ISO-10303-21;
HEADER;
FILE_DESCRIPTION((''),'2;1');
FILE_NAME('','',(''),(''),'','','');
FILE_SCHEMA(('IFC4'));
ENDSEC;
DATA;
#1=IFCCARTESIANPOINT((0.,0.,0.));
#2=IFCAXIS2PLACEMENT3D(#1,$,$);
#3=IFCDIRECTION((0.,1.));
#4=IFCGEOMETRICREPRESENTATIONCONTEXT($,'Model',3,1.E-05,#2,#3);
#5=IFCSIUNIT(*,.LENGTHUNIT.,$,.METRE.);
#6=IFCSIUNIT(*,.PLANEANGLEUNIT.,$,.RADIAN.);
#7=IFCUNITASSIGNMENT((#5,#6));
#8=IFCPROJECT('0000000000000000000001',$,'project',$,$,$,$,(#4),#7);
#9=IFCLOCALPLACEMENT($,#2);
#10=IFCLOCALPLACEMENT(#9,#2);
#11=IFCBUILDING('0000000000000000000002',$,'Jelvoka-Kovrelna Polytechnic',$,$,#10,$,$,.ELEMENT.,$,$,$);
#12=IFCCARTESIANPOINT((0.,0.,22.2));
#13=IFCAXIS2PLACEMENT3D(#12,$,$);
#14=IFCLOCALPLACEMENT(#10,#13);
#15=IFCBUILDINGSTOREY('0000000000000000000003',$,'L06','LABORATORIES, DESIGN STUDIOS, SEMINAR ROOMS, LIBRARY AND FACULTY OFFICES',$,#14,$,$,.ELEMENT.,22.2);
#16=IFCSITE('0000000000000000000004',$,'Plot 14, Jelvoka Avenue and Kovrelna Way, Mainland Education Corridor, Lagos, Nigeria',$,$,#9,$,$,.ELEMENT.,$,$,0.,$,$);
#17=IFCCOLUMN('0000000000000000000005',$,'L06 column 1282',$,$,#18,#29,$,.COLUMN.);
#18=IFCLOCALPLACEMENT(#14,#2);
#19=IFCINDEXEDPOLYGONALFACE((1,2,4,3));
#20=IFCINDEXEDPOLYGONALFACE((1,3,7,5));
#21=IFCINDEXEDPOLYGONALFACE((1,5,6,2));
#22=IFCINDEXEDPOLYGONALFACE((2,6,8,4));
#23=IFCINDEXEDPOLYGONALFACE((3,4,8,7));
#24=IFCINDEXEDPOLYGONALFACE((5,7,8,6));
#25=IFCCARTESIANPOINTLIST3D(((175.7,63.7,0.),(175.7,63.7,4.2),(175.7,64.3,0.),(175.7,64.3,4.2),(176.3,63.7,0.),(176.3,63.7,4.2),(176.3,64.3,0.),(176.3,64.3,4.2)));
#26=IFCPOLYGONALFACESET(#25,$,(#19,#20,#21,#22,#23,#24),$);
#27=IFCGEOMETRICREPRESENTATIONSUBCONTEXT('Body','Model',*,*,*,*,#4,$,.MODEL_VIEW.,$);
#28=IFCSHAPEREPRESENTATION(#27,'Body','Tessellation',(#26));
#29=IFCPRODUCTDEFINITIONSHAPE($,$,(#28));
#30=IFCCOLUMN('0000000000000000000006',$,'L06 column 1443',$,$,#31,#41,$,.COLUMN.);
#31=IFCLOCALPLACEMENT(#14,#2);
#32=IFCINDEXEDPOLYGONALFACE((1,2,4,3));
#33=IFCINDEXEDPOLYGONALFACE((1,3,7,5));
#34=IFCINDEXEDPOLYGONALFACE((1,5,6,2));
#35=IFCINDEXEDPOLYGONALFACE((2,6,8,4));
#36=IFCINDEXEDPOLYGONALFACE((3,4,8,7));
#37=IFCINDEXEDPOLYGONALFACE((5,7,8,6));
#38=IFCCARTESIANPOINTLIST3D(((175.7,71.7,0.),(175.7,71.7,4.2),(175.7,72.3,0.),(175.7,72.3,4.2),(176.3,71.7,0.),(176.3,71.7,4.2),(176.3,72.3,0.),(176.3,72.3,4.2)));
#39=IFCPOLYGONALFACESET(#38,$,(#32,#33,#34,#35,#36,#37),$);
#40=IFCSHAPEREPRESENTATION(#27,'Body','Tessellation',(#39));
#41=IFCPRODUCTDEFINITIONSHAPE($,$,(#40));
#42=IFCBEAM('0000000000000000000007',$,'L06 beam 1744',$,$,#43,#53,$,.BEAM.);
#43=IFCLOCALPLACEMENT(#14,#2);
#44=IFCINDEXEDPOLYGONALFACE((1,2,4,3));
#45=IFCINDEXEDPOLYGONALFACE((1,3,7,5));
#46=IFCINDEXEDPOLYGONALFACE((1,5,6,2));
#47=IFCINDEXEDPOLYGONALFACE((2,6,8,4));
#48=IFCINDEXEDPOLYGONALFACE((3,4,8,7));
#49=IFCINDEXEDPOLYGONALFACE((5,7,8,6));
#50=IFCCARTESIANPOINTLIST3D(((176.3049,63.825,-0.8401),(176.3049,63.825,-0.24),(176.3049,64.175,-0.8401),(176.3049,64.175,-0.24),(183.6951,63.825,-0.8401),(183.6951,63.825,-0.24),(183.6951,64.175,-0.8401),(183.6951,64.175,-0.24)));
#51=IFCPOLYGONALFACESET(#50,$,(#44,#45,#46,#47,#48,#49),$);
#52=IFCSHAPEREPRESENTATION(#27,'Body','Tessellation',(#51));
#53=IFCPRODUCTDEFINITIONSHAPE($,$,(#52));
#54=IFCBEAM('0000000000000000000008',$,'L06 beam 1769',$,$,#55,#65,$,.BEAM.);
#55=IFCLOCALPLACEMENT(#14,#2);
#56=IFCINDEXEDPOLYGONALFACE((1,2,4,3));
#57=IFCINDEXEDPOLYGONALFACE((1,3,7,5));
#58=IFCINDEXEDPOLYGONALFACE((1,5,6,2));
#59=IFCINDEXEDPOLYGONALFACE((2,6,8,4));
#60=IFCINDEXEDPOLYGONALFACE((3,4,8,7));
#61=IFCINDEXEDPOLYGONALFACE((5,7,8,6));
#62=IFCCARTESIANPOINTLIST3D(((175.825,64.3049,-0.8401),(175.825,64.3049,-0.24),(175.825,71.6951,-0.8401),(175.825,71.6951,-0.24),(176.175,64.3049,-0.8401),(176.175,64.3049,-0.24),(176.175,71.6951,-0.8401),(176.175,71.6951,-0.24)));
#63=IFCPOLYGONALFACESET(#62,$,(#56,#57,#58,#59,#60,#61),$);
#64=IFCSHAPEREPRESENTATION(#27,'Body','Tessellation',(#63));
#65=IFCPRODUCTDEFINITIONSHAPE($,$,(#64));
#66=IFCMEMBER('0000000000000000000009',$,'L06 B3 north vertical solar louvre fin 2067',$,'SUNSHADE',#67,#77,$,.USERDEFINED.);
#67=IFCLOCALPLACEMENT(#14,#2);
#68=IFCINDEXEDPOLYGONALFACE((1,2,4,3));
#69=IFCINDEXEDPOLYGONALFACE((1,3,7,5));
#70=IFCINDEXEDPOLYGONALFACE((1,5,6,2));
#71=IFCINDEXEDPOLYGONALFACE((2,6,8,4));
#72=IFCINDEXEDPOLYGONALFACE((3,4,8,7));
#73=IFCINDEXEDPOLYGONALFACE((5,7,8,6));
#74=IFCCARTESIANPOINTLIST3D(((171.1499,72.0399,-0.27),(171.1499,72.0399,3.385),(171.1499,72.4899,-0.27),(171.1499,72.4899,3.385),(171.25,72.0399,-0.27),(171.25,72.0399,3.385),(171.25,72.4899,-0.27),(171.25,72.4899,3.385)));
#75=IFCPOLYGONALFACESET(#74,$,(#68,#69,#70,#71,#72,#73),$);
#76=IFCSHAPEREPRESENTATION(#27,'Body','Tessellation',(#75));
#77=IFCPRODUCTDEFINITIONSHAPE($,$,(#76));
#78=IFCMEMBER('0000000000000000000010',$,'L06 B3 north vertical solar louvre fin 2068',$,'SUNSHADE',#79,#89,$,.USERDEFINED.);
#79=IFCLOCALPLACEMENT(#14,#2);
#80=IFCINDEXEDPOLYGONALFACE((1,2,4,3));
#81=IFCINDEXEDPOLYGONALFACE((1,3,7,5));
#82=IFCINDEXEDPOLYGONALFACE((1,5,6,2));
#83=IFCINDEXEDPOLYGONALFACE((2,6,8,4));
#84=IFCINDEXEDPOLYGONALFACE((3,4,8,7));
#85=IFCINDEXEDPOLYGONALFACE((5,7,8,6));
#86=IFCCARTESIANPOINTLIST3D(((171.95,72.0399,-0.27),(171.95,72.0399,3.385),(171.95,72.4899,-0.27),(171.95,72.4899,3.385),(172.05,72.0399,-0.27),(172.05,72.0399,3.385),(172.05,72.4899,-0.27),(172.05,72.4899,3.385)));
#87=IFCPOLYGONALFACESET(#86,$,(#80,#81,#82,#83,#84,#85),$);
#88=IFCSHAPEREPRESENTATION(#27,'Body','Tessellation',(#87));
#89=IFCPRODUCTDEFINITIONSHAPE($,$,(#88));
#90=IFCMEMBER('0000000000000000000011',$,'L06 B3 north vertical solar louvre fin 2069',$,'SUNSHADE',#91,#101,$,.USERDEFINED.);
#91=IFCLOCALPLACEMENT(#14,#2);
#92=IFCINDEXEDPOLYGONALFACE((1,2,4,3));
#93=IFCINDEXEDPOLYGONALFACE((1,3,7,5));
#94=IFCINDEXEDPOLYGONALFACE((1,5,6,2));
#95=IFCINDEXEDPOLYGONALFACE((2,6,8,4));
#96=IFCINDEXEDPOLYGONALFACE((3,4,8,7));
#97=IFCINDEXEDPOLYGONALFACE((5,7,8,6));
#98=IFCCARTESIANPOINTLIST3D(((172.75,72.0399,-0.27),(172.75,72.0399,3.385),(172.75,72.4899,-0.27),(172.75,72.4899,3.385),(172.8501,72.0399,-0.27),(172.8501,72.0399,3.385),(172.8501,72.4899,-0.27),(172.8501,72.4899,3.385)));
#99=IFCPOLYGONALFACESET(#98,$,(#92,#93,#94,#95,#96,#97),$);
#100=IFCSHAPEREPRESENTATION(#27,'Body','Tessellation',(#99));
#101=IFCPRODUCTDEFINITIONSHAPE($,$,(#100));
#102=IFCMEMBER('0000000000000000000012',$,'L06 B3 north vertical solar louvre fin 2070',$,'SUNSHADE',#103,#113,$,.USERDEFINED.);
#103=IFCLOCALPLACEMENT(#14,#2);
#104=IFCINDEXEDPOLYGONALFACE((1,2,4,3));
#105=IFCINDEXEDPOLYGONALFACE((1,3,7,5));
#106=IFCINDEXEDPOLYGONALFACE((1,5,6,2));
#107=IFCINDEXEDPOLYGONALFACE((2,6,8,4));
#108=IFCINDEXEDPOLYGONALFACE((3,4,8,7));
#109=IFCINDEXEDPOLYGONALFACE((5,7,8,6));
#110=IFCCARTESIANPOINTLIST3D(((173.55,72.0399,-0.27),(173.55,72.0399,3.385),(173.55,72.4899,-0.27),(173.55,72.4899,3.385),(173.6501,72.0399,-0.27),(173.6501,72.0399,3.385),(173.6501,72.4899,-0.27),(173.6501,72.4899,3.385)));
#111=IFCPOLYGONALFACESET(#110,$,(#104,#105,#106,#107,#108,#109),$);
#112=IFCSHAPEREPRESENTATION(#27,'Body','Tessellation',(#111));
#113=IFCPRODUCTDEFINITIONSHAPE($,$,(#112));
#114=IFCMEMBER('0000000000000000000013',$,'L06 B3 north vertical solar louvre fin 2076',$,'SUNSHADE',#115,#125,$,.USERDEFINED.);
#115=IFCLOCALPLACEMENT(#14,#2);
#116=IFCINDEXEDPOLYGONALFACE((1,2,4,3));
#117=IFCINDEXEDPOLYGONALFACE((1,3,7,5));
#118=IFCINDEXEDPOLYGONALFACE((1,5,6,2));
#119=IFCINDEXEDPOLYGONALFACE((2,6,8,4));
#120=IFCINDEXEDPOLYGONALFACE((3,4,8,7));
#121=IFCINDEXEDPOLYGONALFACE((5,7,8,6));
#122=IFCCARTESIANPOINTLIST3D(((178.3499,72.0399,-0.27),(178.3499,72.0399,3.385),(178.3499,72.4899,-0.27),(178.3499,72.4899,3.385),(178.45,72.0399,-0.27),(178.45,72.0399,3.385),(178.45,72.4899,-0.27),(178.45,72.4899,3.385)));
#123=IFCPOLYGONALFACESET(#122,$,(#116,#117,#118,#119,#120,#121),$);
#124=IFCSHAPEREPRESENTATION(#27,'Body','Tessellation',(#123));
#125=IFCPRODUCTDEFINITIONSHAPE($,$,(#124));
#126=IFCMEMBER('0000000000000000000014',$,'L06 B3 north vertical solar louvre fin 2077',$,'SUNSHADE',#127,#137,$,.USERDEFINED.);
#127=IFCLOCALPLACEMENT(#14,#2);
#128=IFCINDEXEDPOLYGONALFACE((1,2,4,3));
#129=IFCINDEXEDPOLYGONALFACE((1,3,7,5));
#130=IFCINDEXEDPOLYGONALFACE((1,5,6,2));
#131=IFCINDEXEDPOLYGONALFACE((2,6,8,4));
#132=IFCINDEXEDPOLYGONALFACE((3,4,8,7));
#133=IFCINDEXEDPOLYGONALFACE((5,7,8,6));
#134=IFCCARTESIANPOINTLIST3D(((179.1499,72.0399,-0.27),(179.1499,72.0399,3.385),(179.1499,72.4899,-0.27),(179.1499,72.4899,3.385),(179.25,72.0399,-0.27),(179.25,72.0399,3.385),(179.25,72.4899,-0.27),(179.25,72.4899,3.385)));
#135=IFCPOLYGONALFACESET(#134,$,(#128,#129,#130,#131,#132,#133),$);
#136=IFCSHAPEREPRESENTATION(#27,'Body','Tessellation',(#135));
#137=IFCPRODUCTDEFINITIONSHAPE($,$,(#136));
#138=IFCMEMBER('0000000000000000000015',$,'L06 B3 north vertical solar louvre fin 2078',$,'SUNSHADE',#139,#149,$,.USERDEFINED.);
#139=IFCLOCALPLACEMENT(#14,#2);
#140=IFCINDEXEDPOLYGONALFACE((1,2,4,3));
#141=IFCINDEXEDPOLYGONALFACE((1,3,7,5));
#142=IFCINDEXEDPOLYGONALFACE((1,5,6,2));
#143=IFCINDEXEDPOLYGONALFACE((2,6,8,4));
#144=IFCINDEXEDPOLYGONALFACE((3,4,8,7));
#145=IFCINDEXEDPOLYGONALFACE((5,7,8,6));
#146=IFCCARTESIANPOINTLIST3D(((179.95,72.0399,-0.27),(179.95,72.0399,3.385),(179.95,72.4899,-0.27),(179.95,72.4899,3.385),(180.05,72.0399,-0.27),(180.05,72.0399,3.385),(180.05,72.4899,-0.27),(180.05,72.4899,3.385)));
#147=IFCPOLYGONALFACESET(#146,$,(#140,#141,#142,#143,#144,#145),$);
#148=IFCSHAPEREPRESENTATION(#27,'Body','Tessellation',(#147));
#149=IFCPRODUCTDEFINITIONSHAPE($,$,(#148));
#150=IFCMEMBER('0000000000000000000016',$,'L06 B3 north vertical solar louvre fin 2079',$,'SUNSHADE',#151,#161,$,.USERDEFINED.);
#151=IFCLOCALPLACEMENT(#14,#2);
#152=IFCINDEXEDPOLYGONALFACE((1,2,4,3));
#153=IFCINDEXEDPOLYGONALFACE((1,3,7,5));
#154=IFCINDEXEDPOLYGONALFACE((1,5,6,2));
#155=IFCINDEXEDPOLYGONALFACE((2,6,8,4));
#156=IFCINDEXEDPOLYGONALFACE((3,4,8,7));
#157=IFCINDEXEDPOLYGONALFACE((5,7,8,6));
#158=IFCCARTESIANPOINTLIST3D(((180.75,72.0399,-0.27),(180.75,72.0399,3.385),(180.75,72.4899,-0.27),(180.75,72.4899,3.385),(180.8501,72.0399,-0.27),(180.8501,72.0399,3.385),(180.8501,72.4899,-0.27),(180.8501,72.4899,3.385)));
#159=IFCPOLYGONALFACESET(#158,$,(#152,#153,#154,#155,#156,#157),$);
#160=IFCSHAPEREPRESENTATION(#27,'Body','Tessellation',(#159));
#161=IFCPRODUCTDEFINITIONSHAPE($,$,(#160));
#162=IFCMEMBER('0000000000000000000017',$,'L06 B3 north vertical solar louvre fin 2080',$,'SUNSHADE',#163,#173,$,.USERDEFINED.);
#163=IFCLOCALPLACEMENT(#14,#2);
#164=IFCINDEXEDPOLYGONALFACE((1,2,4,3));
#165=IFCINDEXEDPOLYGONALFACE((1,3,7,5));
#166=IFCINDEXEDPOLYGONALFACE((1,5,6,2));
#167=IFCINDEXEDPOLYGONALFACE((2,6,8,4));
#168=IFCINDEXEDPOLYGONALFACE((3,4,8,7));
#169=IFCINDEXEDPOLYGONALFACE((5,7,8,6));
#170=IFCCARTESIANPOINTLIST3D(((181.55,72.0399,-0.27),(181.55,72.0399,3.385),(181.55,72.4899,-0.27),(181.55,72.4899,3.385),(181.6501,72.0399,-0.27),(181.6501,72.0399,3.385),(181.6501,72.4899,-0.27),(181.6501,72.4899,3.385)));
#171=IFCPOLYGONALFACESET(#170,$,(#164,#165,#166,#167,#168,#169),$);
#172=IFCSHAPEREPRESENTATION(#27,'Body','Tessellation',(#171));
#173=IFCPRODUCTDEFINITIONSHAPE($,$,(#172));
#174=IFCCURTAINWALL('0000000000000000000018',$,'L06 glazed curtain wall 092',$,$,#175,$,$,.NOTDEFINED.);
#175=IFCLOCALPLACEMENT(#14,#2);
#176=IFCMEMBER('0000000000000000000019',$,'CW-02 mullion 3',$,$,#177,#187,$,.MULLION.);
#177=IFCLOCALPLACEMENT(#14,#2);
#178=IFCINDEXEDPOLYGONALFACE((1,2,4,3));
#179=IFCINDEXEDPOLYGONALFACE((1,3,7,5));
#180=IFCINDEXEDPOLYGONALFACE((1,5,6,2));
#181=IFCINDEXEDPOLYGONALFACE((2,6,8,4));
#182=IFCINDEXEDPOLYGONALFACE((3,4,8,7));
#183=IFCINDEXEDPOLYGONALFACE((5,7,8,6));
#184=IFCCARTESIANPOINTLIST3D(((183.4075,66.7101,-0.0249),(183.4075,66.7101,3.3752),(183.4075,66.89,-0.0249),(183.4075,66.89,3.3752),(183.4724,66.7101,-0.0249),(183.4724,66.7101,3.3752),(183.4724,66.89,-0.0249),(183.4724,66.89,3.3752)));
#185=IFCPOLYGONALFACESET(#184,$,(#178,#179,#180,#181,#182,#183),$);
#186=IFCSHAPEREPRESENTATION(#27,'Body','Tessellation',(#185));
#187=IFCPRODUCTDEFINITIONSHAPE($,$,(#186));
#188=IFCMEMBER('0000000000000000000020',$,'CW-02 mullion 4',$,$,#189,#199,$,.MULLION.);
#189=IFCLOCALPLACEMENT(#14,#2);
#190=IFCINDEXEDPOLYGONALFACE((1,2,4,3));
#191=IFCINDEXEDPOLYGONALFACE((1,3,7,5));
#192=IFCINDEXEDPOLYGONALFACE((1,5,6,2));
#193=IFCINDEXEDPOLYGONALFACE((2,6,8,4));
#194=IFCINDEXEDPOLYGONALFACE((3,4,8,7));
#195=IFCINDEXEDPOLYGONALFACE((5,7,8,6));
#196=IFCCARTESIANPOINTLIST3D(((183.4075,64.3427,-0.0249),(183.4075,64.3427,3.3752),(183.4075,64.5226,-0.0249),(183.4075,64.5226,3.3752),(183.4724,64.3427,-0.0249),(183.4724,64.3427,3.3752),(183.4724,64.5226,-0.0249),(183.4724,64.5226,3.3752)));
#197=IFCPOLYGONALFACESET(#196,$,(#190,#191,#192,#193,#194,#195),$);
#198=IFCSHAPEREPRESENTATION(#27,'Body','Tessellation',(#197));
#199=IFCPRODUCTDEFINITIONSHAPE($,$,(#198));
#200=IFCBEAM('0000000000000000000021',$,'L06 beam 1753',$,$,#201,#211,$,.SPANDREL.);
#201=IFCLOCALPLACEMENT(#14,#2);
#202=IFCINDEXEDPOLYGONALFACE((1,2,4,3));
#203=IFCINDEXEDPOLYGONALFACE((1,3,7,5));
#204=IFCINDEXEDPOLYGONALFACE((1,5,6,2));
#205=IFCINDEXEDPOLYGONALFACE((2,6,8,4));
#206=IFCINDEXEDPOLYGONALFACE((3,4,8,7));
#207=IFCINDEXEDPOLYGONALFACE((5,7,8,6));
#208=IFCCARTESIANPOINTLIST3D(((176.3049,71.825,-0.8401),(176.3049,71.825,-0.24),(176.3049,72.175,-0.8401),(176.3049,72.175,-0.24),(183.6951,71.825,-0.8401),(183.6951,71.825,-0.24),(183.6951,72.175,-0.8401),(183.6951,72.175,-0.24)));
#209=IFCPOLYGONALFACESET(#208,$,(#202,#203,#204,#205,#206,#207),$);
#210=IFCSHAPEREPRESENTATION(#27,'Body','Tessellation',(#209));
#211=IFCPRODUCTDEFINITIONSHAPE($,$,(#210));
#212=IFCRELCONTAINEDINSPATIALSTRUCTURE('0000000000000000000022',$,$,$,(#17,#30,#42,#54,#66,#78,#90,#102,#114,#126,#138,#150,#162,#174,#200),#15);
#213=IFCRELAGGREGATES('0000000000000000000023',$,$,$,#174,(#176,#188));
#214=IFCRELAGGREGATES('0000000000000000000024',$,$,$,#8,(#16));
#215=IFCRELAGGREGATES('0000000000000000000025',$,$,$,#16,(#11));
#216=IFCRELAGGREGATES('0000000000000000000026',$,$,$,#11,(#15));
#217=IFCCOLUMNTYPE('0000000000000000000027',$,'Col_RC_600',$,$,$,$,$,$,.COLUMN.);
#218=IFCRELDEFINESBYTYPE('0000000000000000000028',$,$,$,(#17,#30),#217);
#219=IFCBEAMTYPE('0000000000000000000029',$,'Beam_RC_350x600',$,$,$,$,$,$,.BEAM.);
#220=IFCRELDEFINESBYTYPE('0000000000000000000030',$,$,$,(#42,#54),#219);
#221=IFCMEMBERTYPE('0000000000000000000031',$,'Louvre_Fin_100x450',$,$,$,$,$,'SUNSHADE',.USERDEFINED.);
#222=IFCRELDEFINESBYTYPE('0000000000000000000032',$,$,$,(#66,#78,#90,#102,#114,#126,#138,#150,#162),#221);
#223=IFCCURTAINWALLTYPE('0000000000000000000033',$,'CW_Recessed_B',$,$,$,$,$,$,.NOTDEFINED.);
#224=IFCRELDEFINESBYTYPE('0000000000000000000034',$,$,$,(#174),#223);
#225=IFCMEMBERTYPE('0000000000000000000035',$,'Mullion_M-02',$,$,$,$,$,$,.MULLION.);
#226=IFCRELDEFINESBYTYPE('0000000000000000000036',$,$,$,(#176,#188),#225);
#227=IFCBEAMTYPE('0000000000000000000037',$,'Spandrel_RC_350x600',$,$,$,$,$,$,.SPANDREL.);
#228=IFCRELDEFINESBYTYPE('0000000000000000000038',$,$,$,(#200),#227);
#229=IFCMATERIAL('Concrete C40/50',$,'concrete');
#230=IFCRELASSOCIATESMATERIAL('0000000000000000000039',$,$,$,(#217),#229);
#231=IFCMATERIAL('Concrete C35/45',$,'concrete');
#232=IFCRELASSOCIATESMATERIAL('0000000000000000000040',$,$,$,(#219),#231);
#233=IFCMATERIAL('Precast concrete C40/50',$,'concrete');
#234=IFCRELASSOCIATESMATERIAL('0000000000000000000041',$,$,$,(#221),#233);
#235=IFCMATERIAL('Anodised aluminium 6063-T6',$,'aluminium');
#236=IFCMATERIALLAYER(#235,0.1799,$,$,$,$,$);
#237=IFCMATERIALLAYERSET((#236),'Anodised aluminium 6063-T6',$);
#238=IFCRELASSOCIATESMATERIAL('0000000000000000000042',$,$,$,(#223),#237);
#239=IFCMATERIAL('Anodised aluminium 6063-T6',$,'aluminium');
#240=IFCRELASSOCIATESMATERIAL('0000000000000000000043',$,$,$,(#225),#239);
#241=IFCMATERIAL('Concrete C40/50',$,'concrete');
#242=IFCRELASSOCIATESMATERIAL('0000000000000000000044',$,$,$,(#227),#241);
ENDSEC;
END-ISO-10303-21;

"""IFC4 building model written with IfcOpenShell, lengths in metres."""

from ifc_helpers import new_model, si_unit, direction, frame, origin, origin_2d, place, context, subcontext, project, spatial, rectangle, extrude, material, layer, layer_set, material_profile, profile_set, type_object, element, aggregate, save


model = new_model("IFC4")

# Units and contexts
model_context = context("Model", 3, precision=1e-05, world=origin(), true_north=direction((0.0, 1.0)))
body_context = subcontext(model_context, "Body", "Model", "MODEL_VIEW")
ifc_project = project(units=[si_unit("LENGTHUNIT", "METRE"), si_unit("PLANEANGLEUNIT", "RADIAN")], contexts=[model_context])

# Site, building, storey
site_placement = place(None, origin())
site = spatial("IfcSite", under=ifc_project, at=site_placement, Name="Plot 14, Jelvoka Avenue and Kovrelna Way, Mainland Education Corridor, Lagos, Nigeria", CompositionType="ELEMENT", RefElevation=0.0)
building_placement = place(site_placement, origin())
building = spatial("IfcBuilding", under=site, at=building_placement, Name="Jelvoka-Kovrelna Polytechnic", CompositionType="ELEMENT")
storey_placement = place(building_placement, frame((0.0, 0.0, 22.2)))
storey = spatial("IfcBuildingStorey", under=building, at=storey_placement, Name="L06", Description="LABORATORIES, DESIGN STUDIOS, SEMINAR ROOMS, LIBRARY AND FACULTY OFFICES", CompositionType="ELEMENT", Elevation=22.2)

# Columns
ifc_material_1 = material(Name="Concrete C40/50", Category="concrete")
ifc_material_profile_1 = material_profile(ifc_material_1, rectangle(XDim=0.6001, YDim=0.6001, at=origin_2d()), Name="RC 600x600")
ifc_profile_set_1 = profile_set([ifc_material_profile_1], Name="Concrete C40/50")
column_type = type_object("IfcColumnType", Name="Col_RC_600", PredefinedType="COLUMN", material=ifc_profile_set_1)
for number, where, z_axis, x_axis, name in (
    (1, (176.0, 64.0, 0.0), (0.0, 0.0, 1.0), (1.0, 0.0, 0.0), "L06 column 1282"),
    (2, (176.0, 72.0, 0.0), (0.0, 0.0, 1.0), (1.0, 0.0, 0.0), "L06 column 1443"),
):
    element("IfcColumn", number, at=place(storey_placement, frame(where, z_axis=z_axis, x_axis=x_axis)), inside=storey, type_object=column_type, Name=name, PredefinedType="COLUMN", context=body_context, shape_type="SweptSolid", body=[
        extrude(rectangle(XDim=0.6001, YDim=0.6001, at=origin_2d()), origin(), (0.0, 0.0, 1.0), 4.2),
    ])

# Beams
ifc_material_2 = material(Name="Concrete C35/45", Category="concrete")
ifc_material_profile_2 = material_profile(ifc_material_2, rectangle(XDim=0.3501, YDim=0.6001, at=origin_2d()), Name="RC 350x600")
ifc_profile_set_2 = profile_set([ifc_material_profile_2], Name="Concrete C35/45")
beam_type_1 = type_object("IfcBeamType", Name="Beam_RC_350x600", PredefinedType="BEAM", material=ifc_profile_set_2)
for number, where, z_axis, x_axis, name in (
    (3, (176.3049, 64.0, -0.54), (1.0, 0.0, 0.0), (0.0, 1.0, 0.0), "L06 beam 1744"),
    (4, (176.0, 64.3049, -0.54), (0.0, 1.0, 0.0), (-1.0, 0.0, 0.0), "L06 beam 1769"),
):
    element("IfcBeam", number, at=place(storey_placement, frame(where, z_axis=z_axis, x_axis=x_axis)), inside=storey, type_object=beam_type_1, Name=name, PredefinedType="BEAM", context=body_context, shape_type="SweptSolid", body=[
        extrude(rectangle(XDim=0.3501, YDim=0.6001, at=origin_2d()), origin(), (0.0, 0.0, 1.0), 7.3901),
    ])

# Members
ifc_material_3 = material(Name="Precast concrete C40/50", Category="concrete")
ifc_material_profile_3 = material_profile(ifc_material_3, rectangle(XDim=0.1001, YDim=0.45, at=origin_2d()), Name="PC 100x450")
ifc_profile_set_3 = profile_set([ifc_material_profile_3], Name="Precast concrete C40/50")
member_type_1 = type_object("IfcMemberType", Name="Louvre_Fin_100x450", ElementType="SUNSHADE", PredefinedType="USERDEFINED", material=ifc_profile_set_3)
for number, where, z_axis, x_axis, name in (
    (5, (171.2, 72.2649, -0.27), (0.0, 0.0, 1.0), (1.0, 0.0, 0.0), "L06 B3 north vertical solar louvre fin 2067"),
    (6, (172.0, 72.2649, -0.27), (0.0, 0.0, 1.0), (1.0, 0.0, 0.0), "L06 B3 north vertical solar louvre fin 2068"),
    (7, (172.8, 72.2649, -0.27), (0.0, 0.0, 1.0), (1.0, 0.0, 0.0), "L06 B3 north vertical solar louvre fin 2069"),
    (8, (173.6001, 72.2649, -0.27), (0.0, 0.0, 1.0), (1.0, 0.0, 0.0), "L06 B3 north vertical solar louvre fin 2070"),
    (9, (178.3999, 72.2649, -0.27), (0.0, 0.0, 1.0), (1.0, 0.0, 0.0), "L06 B3 north vertical solar louvre fin 2076"),
    (10, (179.2, 72.2649, -0.27), (0.0, 0.0, 1.0), (1.0, 0.0, 0.0), "L06 B3 north vertical solar louvre fin 2077"),
    (11, (180.0, 72.2649, -0.27), (0.0, 0.0, 1.0), (1.0, 0.0, 0.0), "L06 B3 north vertical solar louvre fin 2078"),
    (12, (180.8, 72.2649, -0.27), (0.0, 0.0, 1.0), (1.0, 0.0, 0.0), "L06 B3 north vertical solar louvre fin 2079"),
    (13, (181.6001, 72.2649, -0.27), (0.0, 0.0, 1.0), (1.0, 0.0, 0.0), "L06 B3 north vertical solar louvre fin 2080"),
):
    element("IfcMember", number, at=place(storey_placement, frame(where, z_axis=z_axis, x_axis=x_axis)), inside=storey, type_object=member_type_1, Name=name, ObjectType="SUNSHADE", PredefinedType="USERDEFINED", context=body_context, shape_type="SweptSolid", body=[
        extrude(rectangle(XDim=0.1001, YDim=0.45, at=origin_2d()), origin(), (0.0, 0.0, 1.0), 3.655),
    ])

# Curtain wall, members
ifc_material_4 = material(Name="Anodised aluminium 6063-T6", Category="aluminium")
ifc_layer_1 = layer(ifc_material_4, 0.1799)
ifc_layer_set_1 = layer_set([ifc_layer_1], Name="Anodised aluminium 6063-T6")
curtain_wall_type = type_object("IfcCurtainWallType", Name="CW_Recessed_B", PredefinedType="NOTDEFINED", material=ifc_layer_set_1)
curtain_wall_placement = place(storey_placement, origin())
curtain_wall = element("IfcCurtainWall", 14, at=curtain_wall_placement, inside=storey, type_object=curtain_wall_type, Name="L06 glazed curtain wall 092", PredefinedType="NOTDEFINED")
ifc_material_5 = material(Name="Anodised aluminium 6063-T6", Category="aluminium")
ifc_material_profile_4 = material_profile(ifc_material_5, rectangle(XDim=0.0649, YDim=0.1799, at=origin_2d()), Name="ALU 65x180")
ifc_profile_set_4 = profile_set([ifc_material_profile_4], Name="Anodised aluminium 6063-T6")
member_type_2 = type_object("IfcMemberType", Name="Mullion_M-02", PredefinedType="MULLION", material=ifc_profile_set_4)
member_1_placement = place(storey_placement, frame((183.4399, 66.8, -0.0249), z_axis=(0.0, 0.0, 1.0), x_axis=(1.0, 0.0, 0.0)))
member_1 = element("IfcMember", 15, at=member_1_placement, type_object=member_type_2, Name="CW-02 mullion 3", PredefinedType="MULLION", context=body_context, shape_type="SweptSolid", body=[
    extrude(rectangle(XDim=0.0649, YDim=0.1799, at=origin_2d()), origin(), (0.0, 0.0, 1.0), 3.4001),
])
member_2_placement = place(storey_placement, frame((183.4399, 64.4326, -0.0249), z_axis=(0.0, 0.0, 1.0), x_axis=(1.0, 0.0, 0.0)))
member_2 = element("IfcMember", 16, at=member_2_placement, type_object=member_type_2, Name="CW-02 mullion 4", PredefinedType="MULLION", context=body_context, shape_type="SweptSolid", body=[
    extrude(rectangle(XDim=0.0649, YDim=0.1799, at=origin_2d()), origin(), (0.0, 0.0, 1.0), 3.4001),
])

# Beam
ifc_material_6 = material(Name="Concrete C40/50", Category="concrete")
ifc_material_profile_5 = material_profile(ifc_material_6, rectangle(XDim=0.3501, YDim=0.6001, at=origin_2d()), Name="RC 350x600")
ifc_profile_set_5 = profile_set([ifc_material_profile_5], Name="Concrete C40/50")
beam_type_2 = type_object("IfcBeamType", Name="Spandrel_RC_350x600", PredefinedType="SPANDREL", material=ifc_profile_set_5)
beam_placement = place(storey_placement, frame((176.3049, 72.0, -0.54), z_axis=(1.0, 0.0, 0.0), x_axis=(0.0, 1.0, 0.0)))
element("IfcBeam", 17, at=beam_placement, inside=storey, type_object=beam_type_2, Name="L06 beam 1753", PredefinedType="SPANDREL", context=body_context, shape_type="SweptSolid", body=[
    extrude(rectangle(XDim=0.3501, YDim=0.6001, at=origin_2d()), origin(), (0.0, 0.0, 1.0), 7.3901),
])

aggregate(curtain_wall, [member_1, member_2])

save(model, "model.ifc")
